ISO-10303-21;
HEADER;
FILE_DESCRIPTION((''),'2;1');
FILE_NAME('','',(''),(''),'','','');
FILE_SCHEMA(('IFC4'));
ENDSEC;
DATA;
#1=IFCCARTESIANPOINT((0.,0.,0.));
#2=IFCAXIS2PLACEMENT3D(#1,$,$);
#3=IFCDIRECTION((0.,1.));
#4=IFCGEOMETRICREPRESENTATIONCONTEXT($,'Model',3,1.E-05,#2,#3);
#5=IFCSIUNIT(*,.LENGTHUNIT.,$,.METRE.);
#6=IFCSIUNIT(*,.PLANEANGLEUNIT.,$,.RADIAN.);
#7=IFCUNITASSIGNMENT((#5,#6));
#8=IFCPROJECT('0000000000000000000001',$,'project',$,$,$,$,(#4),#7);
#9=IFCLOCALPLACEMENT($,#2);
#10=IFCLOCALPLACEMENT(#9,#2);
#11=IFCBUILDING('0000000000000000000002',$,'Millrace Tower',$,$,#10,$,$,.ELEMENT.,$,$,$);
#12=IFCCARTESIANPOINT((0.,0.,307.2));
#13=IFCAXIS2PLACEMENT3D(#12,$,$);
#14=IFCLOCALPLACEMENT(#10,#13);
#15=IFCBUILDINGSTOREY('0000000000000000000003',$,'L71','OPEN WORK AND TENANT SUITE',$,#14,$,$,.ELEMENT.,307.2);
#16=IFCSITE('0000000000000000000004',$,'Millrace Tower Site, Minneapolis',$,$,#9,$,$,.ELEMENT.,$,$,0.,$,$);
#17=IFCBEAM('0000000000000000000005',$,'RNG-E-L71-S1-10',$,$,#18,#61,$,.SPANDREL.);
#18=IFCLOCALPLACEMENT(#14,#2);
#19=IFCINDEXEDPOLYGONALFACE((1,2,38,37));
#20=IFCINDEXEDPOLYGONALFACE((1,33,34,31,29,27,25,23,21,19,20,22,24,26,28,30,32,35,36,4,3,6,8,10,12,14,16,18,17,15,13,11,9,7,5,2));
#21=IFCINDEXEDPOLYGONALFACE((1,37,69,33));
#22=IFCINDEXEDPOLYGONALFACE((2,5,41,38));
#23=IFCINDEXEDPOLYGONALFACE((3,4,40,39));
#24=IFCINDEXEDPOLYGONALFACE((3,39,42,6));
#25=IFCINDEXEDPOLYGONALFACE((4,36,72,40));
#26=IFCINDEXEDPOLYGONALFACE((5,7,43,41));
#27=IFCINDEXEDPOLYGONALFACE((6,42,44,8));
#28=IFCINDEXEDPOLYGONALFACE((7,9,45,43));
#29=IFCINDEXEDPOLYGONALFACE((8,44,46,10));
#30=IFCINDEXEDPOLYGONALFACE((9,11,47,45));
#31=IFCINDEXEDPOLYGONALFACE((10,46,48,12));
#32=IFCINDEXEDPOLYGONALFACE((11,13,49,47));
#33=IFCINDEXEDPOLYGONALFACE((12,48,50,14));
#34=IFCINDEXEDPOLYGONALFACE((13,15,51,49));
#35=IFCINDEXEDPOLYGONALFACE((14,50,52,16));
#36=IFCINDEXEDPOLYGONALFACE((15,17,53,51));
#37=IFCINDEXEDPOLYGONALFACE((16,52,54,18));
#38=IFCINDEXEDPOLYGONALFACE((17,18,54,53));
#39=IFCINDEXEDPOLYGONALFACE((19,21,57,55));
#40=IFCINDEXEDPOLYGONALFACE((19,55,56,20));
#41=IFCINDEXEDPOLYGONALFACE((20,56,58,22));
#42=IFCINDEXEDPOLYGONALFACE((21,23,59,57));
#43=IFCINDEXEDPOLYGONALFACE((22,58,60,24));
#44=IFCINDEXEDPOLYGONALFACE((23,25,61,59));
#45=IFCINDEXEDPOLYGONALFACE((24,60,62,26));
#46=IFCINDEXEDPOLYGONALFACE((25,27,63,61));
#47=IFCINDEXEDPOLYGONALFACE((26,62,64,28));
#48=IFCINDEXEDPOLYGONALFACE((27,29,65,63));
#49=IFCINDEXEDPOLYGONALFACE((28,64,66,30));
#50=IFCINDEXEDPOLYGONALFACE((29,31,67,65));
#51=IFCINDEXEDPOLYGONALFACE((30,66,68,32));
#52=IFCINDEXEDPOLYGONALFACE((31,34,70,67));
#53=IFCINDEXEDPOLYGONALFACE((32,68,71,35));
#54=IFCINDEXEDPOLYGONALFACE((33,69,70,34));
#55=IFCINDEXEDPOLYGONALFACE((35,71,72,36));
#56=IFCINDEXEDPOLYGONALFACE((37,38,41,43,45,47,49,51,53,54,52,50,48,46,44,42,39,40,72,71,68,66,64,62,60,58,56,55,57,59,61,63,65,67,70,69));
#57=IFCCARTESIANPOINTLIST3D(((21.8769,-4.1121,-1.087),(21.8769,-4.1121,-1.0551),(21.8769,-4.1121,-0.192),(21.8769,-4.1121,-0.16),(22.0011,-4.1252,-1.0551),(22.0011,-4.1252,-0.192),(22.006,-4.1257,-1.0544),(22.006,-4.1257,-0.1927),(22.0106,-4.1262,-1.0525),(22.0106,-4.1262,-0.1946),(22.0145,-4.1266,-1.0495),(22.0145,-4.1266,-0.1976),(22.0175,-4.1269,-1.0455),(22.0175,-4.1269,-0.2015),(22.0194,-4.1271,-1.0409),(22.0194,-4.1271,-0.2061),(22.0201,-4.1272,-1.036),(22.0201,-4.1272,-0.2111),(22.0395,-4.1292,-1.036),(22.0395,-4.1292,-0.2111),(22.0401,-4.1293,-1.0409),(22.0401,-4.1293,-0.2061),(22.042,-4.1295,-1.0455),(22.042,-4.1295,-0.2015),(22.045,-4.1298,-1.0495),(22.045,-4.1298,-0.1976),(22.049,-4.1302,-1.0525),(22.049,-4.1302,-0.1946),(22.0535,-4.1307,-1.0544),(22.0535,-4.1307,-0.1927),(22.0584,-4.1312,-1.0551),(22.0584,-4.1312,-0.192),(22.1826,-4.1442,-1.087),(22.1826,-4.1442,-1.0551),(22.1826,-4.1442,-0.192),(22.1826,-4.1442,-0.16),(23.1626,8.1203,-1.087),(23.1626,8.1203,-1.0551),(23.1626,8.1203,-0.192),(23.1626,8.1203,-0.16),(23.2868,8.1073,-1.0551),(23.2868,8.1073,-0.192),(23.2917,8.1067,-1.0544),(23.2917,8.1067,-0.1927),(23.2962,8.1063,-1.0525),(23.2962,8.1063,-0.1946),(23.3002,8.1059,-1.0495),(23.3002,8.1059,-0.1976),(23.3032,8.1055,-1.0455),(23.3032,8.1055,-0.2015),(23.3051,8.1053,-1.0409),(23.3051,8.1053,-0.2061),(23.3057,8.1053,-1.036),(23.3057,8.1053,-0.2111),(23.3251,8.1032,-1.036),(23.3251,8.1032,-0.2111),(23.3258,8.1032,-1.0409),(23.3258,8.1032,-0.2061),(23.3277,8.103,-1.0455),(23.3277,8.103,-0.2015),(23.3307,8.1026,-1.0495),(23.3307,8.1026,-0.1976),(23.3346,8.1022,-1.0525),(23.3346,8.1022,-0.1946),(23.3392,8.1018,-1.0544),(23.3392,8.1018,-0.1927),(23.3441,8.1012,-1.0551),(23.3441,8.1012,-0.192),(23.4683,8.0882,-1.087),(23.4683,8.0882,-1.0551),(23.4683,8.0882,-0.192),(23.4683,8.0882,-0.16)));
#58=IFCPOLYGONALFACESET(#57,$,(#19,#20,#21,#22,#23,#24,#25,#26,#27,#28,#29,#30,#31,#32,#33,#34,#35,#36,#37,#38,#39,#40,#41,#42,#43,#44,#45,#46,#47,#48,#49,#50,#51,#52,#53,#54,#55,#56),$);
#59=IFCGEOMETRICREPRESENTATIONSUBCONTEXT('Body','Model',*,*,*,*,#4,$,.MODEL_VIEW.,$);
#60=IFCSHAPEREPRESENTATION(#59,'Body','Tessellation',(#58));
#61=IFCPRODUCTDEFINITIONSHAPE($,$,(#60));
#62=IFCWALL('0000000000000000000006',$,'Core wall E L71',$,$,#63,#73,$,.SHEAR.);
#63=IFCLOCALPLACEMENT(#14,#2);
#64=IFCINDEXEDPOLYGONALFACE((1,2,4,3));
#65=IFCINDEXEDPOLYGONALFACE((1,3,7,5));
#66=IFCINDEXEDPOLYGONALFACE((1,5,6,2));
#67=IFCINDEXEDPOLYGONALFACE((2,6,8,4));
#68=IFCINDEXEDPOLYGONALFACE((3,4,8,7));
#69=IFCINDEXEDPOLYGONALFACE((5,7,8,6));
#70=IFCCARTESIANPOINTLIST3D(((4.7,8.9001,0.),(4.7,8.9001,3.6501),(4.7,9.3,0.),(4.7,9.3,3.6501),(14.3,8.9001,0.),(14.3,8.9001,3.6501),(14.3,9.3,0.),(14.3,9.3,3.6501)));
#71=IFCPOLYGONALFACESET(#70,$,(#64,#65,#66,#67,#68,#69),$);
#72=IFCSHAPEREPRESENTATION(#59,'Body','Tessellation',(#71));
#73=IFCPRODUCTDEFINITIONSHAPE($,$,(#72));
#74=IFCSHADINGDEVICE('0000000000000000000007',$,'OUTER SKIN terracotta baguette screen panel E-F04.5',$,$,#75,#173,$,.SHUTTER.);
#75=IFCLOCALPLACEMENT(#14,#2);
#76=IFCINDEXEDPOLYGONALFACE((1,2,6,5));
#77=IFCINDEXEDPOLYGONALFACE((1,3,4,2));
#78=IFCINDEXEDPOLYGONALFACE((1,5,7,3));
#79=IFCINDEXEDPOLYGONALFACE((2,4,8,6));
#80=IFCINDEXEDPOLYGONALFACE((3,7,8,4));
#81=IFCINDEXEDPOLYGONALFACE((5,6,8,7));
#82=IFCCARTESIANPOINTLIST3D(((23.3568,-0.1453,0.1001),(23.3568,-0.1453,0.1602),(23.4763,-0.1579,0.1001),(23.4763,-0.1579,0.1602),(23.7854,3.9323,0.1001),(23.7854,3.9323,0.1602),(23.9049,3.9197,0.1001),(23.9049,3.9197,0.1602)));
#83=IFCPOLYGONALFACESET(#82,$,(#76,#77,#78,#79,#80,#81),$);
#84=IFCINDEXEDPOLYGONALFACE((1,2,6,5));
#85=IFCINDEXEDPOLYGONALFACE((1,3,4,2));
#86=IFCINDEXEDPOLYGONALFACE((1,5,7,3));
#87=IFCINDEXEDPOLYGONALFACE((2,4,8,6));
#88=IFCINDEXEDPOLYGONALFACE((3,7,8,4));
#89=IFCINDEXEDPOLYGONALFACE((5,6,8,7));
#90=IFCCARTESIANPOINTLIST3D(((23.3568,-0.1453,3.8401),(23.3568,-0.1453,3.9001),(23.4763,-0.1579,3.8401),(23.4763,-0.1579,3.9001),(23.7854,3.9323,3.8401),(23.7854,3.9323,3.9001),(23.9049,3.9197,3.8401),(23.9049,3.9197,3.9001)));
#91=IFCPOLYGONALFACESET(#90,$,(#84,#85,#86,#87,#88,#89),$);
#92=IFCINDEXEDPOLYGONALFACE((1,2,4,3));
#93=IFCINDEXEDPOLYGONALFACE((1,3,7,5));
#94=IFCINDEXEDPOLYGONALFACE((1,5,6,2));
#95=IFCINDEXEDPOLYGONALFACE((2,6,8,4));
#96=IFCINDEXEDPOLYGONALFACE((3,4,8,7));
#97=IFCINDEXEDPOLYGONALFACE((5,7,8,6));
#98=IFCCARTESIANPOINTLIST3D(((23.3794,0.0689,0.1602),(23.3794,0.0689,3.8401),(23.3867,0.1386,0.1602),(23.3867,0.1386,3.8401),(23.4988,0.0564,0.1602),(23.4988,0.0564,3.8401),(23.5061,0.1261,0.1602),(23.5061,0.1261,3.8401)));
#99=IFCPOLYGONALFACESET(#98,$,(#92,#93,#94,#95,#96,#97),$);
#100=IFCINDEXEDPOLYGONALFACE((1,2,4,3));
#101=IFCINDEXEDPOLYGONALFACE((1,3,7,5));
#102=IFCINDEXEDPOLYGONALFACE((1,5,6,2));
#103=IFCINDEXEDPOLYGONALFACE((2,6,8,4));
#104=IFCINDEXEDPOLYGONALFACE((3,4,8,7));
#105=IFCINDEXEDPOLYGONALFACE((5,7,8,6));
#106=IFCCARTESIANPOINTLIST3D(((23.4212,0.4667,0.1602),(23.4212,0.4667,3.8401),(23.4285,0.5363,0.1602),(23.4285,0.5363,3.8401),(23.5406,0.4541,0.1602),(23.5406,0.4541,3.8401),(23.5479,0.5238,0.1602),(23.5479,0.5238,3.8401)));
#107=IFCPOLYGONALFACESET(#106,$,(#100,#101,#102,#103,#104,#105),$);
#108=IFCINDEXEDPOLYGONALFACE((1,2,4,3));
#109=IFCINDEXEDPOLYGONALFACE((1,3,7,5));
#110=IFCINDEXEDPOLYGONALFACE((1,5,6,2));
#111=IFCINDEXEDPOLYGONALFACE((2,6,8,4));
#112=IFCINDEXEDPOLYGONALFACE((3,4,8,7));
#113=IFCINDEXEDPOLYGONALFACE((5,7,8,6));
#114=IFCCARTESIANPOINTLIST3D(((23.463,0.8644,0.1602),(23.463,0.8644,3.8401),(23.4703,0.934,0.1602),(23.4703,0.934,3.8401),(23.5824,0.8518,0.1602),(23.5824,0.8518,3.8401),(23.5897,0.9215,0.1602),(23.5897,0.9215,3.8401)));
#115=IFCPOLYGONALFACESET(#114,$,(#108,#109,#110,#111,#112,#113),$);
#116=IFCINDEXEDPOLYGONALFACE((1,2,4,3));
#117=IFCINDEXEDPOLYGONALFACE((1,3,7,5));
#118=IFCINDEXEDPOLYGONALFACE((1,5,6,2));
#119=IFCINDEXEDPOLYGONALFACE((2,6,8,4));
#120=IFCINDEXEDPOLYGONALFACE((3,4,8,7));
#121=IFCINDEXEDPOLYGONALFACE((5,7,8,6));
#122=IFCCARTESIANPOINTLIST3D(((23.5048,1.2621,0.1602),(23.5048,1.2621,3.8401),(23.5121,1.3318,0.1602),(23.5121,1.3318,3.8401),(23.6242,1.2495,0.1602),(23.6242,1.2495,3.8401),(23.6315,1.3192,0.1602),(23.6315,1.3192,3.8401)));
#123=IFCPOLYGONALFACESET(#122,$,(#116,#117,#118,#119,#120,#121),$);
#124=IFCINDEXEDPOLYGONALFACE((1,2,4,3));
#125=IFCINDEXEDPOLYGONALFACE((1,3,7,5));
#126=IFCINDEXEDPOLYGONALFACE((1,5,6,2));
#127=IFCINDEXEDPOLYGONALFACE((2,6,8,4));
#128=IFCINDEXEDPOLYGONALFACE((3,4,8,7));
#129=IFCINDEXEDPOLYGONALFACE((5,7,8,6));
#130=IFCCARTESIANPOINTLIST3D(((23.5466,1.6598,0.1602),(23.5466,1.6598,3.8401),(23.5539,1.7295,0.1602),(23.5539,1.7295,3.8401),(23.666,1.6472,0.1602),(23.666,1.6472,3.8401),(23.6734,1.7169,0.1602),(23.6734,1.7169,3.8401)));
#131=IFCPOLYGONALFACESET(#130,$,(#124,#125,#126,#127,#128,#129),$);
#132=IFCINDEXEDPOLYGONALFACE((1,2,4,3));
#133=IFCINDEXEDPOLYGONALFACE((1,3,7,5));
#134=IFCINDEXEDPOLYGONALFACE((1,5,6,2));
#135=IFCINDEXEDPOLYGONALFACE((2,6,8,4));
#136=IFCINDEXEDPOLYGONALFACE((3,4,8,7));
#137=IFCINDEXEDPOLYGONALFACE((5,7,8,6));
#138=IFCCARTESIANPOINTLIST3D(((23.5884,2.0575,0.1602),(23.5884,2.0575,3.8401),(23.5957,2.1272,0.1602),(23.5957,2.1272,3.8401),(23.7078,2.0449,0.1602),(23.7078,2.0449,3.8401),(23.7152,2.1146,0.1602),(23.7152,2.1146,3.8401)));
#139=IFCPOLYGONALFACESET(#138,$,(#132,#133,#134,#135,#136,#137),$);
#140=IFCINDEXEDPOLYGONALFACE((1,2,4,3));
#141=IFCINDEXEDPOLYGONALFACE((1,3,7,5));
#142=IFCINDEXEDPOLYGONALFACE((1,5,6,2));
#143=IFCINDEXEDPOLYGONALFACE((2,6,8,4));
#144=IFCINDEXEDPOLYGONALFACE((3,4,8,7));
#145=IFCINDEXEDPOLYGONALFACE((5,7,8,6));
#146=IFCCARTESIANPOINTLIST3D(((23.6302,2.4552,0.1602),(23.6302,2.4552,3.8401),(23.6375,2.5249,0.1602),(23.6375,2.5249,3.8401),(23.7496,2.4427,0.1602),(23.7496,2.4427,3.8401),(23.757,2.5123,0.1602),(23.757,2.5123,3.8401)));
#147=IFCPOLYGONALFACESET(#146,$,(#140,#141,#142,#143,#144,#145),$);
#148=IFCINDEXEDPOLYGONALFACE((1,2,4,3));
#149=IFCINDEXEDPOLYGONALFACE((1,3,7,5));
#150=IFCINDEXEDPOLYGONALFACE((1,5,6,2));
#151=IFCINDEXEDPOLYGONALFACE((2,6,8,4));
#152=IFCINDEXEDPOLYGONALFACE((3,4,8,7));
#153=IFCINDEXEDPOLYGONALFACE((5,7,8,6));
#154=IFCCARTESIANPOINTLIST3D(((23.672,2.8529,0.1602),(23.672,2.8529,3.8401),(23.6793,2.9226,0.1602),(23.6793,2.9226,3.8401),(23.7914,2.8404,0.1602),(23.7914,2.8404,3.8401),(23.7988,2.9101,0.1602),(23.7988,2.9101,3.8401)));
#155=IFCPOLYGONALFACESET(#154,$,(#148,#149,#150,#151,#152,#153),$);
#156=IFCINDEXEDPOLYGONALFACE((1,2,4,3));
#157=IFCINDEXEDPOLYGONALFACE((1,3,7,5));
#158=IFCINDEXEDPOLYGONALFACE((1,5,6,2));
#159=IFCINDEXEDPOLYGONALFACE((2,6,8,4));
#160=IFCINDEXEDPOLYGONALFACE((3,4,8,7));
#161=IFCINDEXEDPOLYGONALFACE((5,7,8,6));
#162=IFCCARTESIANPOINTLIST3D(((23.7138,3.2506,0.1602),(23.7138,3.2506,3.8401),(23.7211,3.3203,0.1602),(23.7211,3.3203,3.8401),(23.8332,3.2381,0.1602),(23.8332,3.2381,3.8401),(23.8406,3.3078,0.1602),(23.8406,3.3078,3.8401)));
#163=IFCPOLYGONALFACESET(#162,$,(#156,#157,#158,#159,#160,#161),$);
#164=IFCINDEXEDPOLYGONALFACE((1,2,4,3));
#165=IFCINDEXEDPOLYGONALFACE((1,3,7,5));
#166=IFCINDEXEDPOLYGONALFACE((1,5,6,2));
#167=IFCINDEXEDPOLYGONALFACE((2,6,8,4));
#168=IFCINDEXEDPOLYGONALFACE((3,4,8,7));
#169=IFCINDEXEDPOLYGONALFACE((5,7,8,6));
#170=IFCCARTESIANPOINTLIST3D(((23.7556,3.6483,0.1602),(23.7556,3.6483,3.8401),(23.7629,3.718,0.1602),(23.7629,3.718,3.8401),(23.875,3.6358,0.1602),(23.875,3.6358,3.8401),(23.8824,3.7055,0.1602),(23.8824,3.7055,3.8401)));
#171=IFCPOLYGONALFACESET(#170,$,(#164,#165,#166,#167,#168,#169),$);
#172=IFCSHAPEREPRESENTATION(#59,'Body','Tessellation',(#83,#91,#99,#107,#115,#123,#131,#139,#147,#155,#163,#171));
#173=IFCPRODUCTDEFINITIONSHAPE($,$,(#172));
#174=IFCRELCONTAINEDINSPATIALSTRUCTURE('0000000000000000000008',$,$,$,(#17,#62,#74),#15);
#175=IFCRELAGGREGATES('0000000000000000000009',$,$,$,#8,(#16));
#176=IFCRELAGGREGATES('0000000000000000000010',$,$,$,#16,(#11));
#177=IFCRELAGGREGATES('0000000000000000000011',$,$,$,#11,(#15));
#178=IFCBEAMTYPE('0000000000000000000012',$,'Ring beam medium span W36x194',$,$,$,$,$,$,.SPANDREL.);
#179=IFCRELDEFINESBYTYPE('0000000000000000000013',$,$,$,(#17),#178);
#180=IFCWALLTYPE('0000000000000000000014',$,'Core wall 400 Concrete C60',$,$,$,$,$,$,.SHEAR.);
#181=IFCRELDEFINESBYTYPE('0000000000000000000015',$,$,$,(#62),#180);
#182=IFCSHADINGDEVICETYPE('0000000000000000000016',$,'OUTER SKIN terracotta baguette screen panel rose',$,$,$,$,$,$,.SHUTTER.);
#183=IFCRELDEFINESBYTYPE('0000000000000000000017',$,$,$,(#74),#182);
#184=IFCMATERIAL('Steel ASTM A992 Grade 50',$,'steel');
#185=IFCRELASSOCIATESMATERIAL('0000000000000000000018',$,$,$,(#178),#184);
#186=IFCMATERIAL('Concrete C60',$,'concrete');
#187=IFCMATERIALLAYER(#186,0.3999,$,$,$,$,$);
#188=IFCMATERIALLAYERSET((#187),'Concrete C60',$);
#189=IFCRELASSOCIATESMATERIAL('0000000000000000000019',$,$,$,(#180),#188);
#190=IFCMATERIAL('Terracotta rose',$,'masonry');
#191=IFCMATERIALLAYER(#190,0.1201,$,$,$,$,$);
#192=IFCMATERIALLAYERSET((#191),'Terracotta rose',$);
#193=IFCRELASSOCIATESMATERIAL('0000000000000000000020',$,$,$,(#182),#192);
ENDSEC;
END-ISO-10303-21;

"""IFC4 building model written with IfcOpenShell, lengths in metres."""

from ifc_helpers import new_model, entity, si_unit, direction, frame, frame_2d, origin, origin_2d, place, context, subcontext, project, spatial, rectangle, i_section, extrude, source, transform, mapped, material, layer, layer_set, material_profile, profile_set, type_object, element, save


model = new_model("IFC4")

# Units and contexts
model_context = context("Model", 3, precision=1e-05, world=origin(), true_north=direction((0.0, 1.0)))
body_context = subcontext(model_context, "Body", "Model", "MODEL_VIEW")
ifc_project = project(units=[si_unit("LENGTHUNIT", "METRE"), si_unit("PLANEANGLEUNIT", "RADIAN")], contexts=[model_context])

# Site, building, storey
site_placement = place(None, origin())
site = spatial("IfcSite", under=ifc_project, at=site_placement, Name="Millrace Tower Site, Minneapolis", CompositionType="ELEMENT", RefElevation=0.0)
building_placement = place(site_placement, origin())
building = spatial("IfcBuilding", under=site, at=building_placement, Name="Millrace Tower", CompositionType="ELEMENT")
storey_placement = place(building_placement, frame((0.0, 0.0, 307.2)))
storey = spatial("IfcBuildingStorey", under=building, at=storey_placement, Name="L71", Description="OPEN WORK AND TENANT SUITE", CompositionType="ELEMENT", Elevation=307.2)

# Beam
ifc_material_1 = material(Name="Steel ASTM A992 Grade 50", Category="steel")
ifc_material_profile_1 = material_profile(ifc_material_1, i_section(OverallWidth=0.3074, OverallDepth=0.927, WebThickness=0.0195, FlangeThickness=0.032, FilletRadius=0.019, at=origin_2d()))
ifc_profile_set_1 = profile_set([ifc_material_profile_1], Name="Steel ASTM A992 Grade 50")
beam_type_1 = type_object("IfcBeamType", Name="Ring beam medium span W36x194", PredefinedType="SPANDREL", material=ifc_profile_set_1)
beam_1_placement = place(storey_placement, frame((23.3154, 8.1042, -0.6235), z_axis=(-0.104526, -0.994522, 0.0), x_axis=(0.994522, -0.104526, 0.0)))
element("IfcBeam", 1, at=beam_1_placement, inside=storey, type_object=beam_type_1, Name="RNG-E-L71-S1-10", PredefinedType="SPANDREL", context=body_context, shape_type="SweptSolid", body=[
    extrude(i_section(OverallWidth=0.3074, OverallDepth=0.927, WebThickness=0.0195, FlangeThickness=0.032, FilletRadius=0.019, at=origin_2d()), origin(), (0.0, 0.0, 1.0), 12.2998),
])

# Wall
ifc_material_2 = material(Name="Concrete C60", Category="concrete")
ifc_layer_1 = layer(ifc_material_2, 0.3999)
ifc_layer_set_1 = layer_set([ifc_layer_1], Name="Concrete C60")
wall_type = type_object("IfcWallType", Name="Core wall 400 Concrete C60", PredefinedType="SHEAR", material=ifc_layer_set_1)
wall_placement = place(storey_placement, frame((14.3, 9.1001, 0.0), z_axis=(0.0, 0.0, 1.0), x_axis=(-1.0, 0.0, 0.0)))
element("IfcWall", 2, at=wall_placement, inside=storey, type_object=wall_type, Name="Core wall E L71", PredefinedType="SHEAR", context=body_context, shape_type="SweptSolid", body=[
    extrude(rectangle(XDim=9.6001, YDim=0.3999, at=frame_2d((4.8, 0.0))), origin(), (0.0, 0.0, 1.0), 3.6501),
])

# Shading device
ifc_material_3 = material(Name="Terracotta rose", Category="masonry")
ifc_layer_2 = layer(ifc_material_3, 0.1201)
ifc_layer_set_2 = layer_set([ifc_layer_2], Name="Terracotta rose")
shading_device_type = type_object("IfcShadingDeviceType", Name="OUTER SKIN terracotta baguette screen panel rose", PredefinedType="SHUTTER", material=ifc_layer_set_2)
cartesian_point = entity("IfcCartesianPoint", [-2.05, 0.0601])
shared_polyline = entity("IfcPolyline", [cartesian_point, entity("IfcCartesianPoint", [2.05, 0.0601]), entity("IfcCartesianPoint", [2.05, -0.0601]), entity("IfcCartesianPoint", [-2.05, -0.0601]), cartesian_point])
shared_shape = source(origin(), body_context, "Body", "SweptSolid", [
    entity("IfcExtrudedAreaSolid", entity("IfcArbitraryClosedProfileDef", "AREA", None, shared_polyline), entity("IfcAxis2Placement3D", entity("IfcCartesianPoint", [0.0, 0.0, 0.0])), entity("IfcDirection", [0.0, 0.0, 1.0]), 0.0601),
    entity("IfcExtrudedAreaSolid", entity("IfcArbitraryClosedProfileDef", "AREA", None, shared_polyline), entity("IfcAxis2Placement3D", entity("IfcCartesianPoint", [0.0, 0.0, 3.74])), entity("IfcDirection", [0.0, 0.0, 1.0]), 0.0601),
    extrude(rectangle(XDim=0.0701, YDim=0.1201, at=frame_2d((-1.7996, 0.0))), frame((0.0, 0.0, 0.0601)), (0.0, 0.0, 1.0), 3.6799),
    extrude(rectangle(XDim=0.0701, YDim=0.1201, at=frame_2d((-1.3997, 0.0))), frame((0.0, 0.0, 0.0601)), (0.0, 0.0, 1.0), 3.6799),
    extrude(rectangle(XDim=0.0701, YDim=0.1201, at=frame_2d((-0.9998, 0.0))), frame((0.0, 0.0, 0.0601)), (0.0, 0.0, 1.0), 3.6799),
    extrude(rectangle(XDim=0.0701, YDim=0.1201, at=frame_2d((-0.5999, 0.0))), frame((0.0, 0.0, 0.0601)), (0.0, 0.0, 1.0), 3.6799),
    extrude(rectangle(XDim=0.0701, YDim=0.1201, at=frame_2d((-0.2, 0.0))), frame((0.0, 0.0, 0.0601)), (0.0, 0.0, 1.0), 3.6799),
    extrude(rectangle(XDim=0.0701, YDim=0.1201, at=frame_2d((0.2, 0.0))), frame((0.0, 0.0, 0.0601)), (0.0, 0.0, 1.0), 3.6799),
    extrude(rectangle(XDim=0.0701, YDim=0.1201, at=frame_2d((0.5999, 0.0))), frame((0.0, 0.0, 0.0601)), (0.0, 0.0, 1.0), 3.6799),
    extrude(rectangle(XDim=0.0701, YDim=0.1201, at=frame_2d((0.9998, 0.0))), frame((0.0, 0.0, 0.0601)), (0.0, 0.0, 1.0), 3.6799),
    extrude(rectangle(XDim=0.0701, YDim=0.1201, at=frame_2d((1.3997, 0.0))), frame((0.0, 0.0, 0.0601)), (0.0, 0.0, 1.0), 3.6799),
    extrude(rectangle(XDim=0.0701, YDim=0.1201, at=frame_2d((1.7996, 0.0))), frame((0.0, 0.0, 0.0601)), (0.0, 0.0, 1.0), 3.6799),
])
for number, where, z_axis, x_axis, name in (
    (3, (23.6309, 1.8872, 0.1001), (0.0, 0.0, 1.0), (0.104528, 0.994522, 0.0), "OUTER SKIN terracotta baguette screen panel E-F04.5"),
):
    element("IfcShadingDevice", number, at=place(storey_placement, frame(where, z_axis=z_axis, x_axis=x_axis)), inside=storey, type_object=shading_device_type, Name=name, PredefinedType="SHUTTER", context=body_context, shape_type="MappedRepresentation", body=[
        mapped(shared_shape, transform((0.0, 0.0, 0.0), scale=1.0)),
    ])

save(model, "model.ifc")
